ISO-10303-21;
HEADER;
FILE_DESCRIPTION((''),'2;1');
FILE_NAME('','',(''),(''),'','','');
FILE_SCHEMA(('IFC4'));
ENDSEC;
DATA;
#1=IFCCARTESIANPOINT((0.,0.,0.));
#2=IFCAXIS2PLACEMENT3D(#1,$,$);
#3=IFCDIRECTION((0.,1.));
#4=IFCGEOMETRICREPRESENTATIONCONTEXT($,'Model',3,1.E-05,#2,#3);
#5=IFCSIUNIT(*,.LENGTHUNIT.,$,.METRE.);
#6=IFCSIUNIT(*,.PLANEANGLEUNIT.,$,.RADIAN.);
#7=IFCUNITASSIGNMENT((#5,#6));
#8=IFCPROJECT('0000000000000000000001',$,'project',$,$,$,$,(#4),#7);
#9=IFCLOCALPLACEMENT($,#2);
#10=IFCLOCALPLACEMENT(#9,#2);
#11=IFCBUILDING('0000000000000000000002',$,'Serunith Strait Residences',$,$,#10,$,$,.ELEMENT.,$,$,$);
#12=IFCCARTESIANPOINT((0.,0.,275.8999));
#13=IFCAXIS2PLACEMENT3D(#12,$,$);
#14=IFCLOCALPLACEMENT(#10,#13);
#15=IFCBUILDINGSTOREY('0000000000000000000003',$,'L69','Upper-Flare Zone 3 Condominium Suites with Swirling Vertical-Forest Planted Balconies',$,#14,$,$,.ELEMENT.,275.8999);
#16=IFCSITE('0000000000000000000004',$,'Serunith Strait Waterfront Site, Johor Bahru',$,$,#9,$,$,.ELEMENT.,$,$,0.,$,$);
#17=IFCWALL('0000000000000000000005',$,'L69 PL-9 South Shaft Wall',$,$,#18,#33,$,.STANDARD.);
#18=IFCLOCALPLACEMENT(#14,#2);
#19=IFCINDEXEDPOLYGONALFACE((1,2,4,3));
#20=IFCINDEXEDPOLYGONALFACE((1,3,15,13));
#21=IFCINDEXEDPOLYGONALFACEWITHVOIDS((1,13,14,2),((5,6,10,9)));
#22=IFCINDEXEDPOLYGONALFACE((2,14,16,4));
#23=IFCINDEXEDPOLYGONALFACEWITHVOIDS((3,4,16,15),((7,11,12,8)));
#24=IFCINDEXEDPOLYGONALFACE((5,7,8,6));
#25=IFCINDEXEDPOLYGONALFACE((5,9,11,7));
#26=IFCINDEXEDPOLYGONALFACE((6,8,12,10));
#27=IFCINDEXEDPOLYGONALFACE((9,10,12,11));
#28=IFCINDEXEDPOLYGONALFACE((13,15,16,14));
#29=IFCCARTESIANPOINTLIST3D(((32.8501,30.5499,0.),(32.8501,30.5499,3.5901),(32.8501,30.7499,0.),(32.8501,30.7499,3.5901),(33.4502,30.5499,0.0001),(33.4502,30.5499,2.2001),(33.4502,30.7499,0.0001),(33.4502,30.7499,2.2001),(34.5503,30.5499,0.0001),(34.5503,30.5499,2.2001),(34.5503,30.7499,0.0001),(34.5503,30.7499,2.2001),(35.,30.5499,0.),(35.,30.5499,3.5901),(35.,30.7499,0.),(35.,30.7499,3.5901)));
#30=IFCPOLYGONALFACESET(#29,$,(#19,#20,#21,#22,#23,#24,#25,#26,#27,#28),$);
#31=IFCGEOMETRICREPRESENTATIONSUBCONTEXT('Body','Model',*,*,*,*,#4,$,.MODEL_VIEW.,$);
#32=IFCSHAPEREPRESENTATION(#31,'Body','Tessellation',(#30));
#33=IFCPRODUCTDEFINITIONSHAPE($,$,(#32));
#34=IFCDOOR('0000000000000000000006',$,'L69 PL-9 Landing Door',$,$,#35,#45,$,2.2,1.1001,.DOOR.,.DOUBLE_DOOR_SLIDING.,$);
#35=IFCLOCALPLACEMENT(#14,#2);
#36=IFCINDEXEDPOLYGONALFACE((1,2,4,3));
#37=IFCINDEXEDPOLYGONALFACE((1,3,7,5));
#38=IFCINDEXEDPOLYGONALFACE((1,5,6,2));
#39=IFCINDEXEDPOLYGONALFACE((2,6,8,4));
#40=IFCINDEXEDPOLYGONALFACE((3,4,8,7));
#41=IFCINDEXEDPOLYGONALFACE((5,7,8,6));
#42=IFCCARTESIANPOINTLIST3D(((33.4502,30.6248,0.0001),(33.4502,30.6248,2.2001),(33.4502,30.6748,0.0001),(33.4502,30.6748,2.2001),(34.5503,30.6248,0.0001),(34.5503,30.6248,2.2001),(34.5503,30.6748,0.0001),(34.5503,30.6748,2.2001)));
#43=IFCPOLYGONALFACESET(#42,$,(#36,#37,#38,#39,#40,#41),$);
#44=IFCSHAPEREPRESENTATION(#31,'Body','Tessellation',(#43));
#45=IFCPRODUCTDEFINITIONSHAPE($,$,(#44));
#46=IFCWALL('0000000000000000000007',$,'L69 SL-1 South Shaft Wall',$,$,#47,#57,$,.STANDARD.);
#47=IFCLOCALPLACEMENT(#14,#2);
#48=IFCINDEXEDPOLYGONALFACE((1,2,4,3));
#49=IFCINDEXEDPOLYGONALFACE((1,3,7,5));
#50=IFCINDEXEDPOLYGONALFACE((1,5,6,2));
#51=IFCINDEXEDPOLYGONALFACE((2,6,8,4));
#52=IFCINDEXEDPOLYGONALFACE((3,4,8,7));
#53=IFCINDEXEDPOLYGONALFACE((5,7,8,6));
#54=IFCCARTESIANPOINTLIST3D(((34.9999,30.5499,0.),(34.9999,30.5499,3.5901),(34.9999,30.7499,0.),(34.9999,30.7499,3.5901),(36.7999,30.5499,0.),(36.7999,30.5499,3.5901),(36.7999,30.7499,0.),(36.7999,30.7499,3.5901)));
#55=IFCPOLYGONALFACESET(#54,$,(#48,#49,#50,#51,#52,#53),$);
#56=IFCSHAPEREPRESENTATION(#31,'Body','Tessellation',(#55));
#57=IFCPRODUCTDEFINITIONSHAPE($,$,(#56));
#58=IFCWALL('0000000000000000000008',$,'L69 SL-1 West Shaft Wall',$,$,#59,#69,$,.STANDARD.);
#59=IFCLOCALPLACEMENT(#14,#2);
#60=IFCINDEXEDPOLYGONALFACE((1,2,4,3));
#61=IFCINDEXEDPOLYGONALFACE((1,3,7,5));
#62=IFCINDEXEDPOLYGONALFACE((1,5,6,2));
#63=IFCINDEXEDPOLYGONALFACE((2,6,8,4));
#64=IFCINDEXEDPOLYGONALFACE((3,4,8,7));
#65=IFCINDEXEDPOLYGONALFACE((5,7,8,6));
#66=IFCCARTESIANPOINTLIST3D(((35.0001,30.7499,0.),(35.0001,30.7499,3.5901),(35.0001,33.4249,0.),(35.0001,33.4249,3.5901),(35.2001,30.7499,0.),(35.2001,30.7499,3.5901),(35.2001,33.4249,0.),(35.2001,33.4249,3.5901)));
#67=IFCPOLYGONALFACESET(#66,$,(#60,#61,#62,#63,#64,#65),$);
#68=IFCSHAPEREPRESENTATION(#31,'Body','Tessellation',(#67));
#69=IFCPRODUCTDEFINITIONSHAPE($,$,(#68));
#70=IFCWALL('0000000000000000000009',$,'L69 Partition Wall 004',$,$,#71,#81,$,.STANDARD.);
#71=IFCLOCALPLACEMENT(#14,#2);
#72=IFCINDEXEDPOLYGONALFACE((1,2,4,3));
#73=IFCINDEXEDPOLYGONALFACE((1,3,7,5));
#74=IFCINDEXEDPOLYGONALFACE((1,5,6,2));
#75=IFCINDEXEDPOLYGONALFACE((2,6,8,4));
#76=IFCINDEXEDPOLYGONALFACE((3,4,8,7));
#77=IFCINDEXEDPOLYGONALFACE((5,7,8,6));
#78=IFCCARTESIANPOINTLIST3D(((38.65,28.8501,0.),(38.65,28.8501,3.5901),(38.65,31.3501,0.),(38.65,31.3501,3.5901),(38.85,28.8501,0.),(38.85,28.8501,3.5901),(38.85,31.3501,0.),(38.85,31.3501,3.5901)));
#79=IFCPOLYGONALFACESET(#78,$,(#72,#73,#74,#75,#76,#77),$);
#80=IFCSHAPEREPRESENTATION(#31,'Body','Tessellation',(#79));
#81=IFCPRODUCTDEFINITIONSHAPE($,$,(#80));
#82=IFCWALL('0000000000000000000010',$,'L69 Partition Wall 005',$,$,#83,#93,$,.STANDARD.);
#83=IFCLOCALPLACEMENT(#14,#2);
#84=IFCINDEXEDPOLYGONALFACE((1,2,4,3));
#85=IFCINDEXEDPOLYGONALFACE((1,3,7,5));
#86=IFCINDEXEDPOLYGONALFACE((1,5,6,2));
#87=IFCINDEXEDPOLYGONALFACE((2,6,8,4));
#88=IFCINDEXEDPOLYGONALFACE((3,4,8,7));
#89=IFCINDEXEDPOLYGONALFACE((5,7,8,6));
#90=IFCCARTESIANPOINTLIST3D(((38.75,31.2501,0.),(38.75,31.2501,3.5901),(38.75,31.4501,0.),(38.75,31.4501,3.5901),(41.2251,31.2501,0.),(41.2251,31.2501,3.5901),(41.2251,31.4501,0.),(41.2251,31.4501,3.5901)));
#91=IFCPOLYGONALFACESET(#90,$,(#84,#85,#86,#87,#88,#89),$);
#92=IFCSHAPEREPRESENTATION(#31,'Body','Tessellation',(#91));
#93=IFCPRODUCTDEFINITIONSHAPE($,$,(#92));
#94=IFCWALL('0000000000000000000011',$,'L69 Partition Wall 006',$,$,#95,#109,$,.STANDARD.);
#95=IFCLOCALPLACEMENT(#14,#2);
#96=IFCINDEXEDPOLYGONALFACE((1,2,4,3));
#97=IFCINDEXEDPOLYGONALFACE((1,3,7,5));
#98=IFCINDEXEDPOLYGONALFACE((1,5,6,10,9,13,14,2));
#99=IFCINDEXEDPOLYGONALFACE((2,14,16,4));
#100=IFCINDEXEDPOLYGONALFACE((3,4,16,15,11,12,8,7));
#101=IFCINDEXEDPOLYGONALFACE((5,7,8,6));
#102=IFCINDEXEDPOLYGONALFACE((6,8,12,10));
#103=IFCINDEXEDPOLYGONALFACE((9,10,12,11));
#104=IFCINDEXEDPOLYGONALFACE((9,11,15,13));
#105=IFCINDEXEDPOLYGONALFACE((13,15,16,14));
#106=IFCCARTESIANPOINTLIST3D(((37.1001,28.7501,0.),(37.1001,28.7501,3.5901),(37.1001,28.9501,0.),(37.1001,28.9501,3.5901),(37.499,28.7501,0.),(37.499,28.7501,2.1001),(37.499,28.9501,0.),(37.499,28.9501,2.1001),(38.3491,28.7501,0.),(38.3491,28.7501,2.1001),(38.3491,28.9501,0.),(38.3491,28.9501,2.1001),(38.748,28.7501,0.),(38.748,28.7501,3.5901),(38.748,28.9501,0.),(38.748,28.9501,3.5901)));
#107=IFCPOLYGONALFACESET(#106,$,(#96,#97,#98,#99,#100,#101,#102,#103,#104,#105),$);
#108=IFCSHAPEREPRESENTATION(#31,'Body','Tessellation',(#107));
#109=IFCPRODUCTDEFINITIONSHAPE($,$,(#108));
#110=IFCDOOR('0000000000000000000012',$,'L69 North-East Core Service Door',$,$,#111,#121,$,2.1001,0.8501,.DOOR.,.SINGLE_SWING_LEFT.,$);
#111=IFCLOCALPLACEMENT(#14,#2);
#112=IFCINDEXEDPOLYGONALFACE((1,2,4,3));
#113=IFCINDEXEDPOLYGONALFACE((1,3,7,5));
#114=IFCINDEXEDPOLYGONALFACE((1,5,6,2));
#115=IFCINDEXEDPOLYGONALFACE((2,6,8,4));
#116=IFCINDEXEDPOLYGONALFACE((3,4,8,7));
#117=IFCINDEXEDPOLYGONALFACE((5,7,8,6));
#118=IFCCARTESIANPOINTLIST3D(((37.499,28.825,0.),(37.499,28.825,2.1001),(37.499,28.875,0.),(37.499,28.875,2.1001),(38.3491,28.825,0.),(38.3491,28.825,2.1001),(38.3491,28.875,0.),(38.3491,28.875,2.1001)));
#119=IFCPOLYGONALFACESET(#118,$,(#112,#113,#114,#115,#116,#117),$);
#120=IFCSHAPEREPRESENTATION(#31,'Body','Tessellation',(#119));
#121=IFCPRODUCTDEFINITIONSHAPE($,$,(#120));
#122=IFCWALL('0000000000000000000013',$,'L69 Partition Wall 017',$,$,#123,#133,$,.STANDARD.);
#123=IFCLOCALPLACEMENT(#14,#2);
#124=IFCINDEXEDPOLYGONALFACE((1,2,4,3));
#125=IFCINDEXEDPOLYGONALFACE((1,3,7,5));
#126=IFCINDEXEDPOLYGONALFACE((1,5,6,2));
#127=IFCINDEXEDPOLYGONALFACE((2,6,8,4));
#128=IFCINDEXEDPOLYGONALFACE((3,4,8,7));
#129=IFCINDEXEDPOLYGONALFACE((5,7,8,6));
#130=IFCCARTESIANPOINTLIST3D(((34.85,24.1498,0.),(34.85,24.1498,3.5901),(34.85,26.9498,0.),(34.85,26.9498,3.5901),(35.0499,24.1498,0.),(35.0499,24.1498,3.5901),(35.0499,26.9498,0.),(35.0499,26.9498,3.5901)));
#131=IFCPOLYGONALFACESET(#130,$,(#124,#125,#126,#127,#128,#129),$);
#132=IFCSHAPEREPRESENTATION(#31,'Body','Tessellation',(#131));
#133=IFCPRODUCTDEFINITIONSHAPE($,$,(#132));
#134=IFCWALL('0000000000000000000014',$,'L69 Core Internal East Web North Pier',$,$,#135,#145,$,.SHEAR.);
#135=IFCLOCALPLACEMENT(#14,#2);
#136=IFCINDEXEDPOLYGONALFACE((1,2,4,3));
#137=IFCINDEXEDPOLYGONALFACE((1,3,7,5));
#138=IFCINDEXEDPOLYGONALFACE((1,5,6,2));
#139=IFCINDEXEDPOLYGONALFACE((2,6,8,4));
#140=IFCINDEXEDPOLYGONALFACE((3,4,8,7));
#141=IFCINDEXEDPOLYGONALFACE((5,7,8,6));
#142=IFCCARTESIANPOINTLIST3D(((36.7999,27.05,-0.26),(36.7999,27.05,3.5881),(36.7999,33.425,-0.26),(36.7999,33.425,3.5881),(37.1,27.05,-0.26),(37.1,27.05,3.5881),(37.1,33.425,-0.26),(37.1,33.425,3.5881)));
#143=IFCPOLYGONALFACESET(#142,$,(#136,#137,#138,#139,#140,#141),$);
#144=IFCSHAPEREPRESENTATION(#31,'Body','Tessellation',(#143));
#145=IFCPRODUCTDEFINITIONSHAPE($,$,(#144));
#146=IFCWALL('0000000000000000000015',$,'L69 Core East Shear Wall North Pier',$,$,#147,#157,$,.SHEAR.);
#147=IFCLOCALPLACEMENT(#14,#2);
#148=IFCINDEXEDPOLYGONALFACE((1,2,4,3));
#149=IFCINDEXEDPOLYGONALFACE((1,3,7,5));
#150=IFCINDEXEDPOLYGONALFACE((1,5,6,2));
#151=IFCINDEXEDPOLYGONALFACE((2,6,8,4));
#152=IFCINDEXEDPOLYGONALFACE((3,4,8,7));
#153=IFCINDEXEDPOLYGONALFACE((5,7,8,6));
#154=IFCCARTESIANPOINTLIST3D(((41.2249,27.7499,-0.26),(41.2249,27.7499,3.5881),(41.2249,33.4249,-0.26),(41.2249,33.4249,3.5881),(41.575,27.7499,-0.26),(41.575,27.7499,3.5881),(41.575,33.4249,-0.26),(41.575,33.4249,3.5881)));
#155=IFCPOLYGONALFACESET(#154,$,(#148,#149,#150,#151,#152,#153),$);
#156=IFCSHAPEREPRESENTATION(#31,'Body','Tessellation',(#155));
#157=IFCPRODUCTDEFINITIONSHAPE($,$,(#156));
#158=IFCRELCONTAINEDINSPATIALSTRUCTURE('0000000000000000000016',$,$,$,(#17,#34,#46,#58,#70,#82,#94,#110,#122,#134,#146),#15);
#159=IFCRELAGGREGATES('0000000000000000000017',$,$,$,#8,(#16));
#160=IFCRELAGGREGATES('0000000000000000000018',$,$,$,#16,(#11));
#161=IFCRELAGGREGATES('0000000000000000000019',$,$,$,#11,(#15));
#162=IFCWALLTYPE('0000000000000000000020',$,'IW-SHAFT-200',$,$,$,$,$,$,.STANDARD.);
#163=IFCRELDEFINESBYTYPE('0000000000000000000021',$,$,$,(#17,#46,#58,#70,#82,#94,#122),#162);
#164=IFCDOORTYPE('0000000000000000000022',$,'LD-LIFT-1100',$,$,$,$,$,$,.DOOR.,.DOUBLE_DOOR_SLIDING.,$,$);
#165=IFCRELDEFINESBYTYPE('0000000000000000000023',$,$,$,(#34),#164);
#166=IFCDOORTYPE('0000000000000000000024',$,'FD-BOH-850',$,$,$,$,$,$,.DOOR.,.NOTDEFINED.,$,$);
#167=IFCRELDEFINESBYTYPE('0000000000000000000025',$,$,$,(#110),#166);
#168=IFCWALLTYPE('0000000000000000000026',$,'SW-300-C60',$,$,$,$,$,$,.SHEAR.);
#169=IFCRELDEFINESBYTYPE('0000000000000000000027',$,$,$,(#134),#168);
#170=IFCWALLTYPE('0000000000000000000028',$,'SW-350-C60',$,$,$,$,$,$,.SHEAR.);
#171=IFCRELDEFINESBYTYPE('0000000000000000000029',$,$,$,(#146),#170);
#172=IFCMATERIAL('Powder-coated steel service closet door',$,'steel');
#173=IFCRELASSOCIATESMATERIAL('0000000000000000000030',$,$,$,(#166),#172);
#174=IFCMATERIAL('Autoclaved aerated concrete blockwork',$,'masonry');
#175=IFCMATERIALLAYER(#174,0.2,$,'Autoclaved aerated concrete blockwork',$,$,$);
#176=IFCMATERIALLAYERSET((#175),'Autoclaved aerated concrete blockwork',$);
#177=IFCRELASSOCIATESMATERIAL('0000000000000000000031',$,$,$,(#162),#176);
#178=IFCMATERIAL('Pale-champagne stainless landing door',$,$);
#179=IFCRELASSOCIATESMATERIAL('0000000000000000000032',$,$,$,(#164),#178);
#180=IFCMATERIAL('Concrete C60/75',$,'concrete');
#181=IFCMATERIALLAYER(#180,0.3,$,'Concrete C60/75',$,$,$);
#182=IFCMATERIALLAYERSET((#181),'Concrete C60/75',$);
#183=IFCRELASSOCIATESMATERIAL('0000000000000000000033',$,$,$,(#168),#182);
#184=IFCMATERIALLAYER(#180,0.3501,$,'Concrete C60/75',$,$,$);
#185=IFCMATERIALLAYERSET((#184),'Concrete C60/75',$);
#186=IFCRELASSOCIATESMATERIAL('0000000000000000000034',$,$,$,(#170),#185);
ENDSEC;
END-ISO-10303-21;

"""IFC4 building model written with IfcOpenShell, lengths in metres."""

from ifc_helpers import new_model, si_unit, direction, frame, frame_2d, origin, place, context, subcontext, project, spatial, rectangle, extrude, source, transform, mapped, material, layer, layer_set, type_object, element, fill, save


model = new_model("IFC4")

# Units and contexts
model_context = context("Model", 3, precision=1e-05, world=origin(), true_north=direction((0.0, 1.0)))
body_context = subcontext(model_context, "Body", "Model", "MODEL_VIEW")
ifc_project = project(units=[si_unit("LENGTHUNIT", "METRE"), si_unit("PLANEANGLEUNIT", "RADIAN")], contexts=[model_context])

# Site, building, storey
site_placement = place(None, origin())
site = spatial("IfcSite", under=ifc_project, at=site_placement, Name="Serunith Strait Waterfront Site, Johor Bahru", CompositionType="ELEMENT", RefElevation=0.0)
building_placement = place(site_placement, origin())
building = spatial("IfcBuilding", under=site, at=building_placement, Name="Serunith Strait Residences", CompositionType="ELEMENT")
storey_placement = place(building_placement, frame((0.0, 0.0, 275.8999)))
storey = spatial("IfcBuildingStorey", under=building, at=storey_placement, Name="L69", Description="Upper-Flare Zone 3 Condominium Suites with Swirling Vertical-Forest Planted Balconies", CompositionType="ELEMENT", Elevation=275.8999)

# Wall, opening, door
ifc_material_1 = material(Name="Powder-coated steel service closet door", Category="steel")
door_type_1 = type_object("IfcDoorType", Name="FD-BOH-850", OperationType="NOTDEFINED", PredefinedType="DOOR", material=ifc_material_1)
shared_shape_1 = source(origin(), body_context, "Body", "SweptSolid", [
    extrude(rectangle(XDim=0.8501, YDim=2.1001, at=frame_2d((0.425, 1.05))), frame((0.0, 0.0249, 0.0), z_axis=(0.0, -1.0, 0.0), x_axis=(1.0, 0.0, 0.0)), (0.0, 0.0, 1.0), 0.05),
])
ifc_material_2 = material(Name="Autoclaved aerated concrete blockwork", Category="masonry")
ifc_layer_1 = layer(ifc_material_2, 0.2, Name="Autoclaved aerated concrete blockwork")
ifc_layer_set_1 = layer_set([ifc_layer_1], Name="Autoclaved aerated concrete blockwork")
wall_type_1 = type_object("IfcWallType", Name="IW-SHAFT-200", PredefinedType="STANDARD", material=ifc_layer_set_1)
wall_1_placement = place(storey_placement, frame((32.8501, 30.6499, 0.0), z_axis=(0.0, 0.0, 1.0), x_axis=(1.0, 0.0, 0.0)))
wall_1 = element("IfcWall", 1, at=wall_1_placement, inside=storey, type_object=wall_type_1, Name="L69 PL-9 South Shaft Wall", PredefinedType="STANDARD", context=body_context, shape_type="SweptSolid", body=[
    extrude(rectangle(XDim=2.1499, YDim=0.2, at=frame_2d((1.075, 0.0))), origin(), (0.0, 0.0, 1.0), 3.5901),
])
opening_1_placement = place(wall_1_placement, frame((0.6001, 0.0, 0.0)))
opening_1 = element("IfcOpeningElement", 2, at=opening_1_placement, cuts=wall_1, PredefinedType="OPENING", context=body_context, shape_type="SweptSolid", body=[
    extrude(rectangle(XDim=1.1001, YDim=2.2, at=frame_2d((0.55, 1.1001))), frame((0.0, 0.1099, 0.0), z_axis=(0.0, -1.0, 0.0), x_axis=(1.0, 0.0, 0.0)), (0.0, 0.0, 1.0), 0.22),
])
ifc_material_3 = material(Name="Pale-champagne stainless landing door")
door_type_2 = type_object("IfcDoorType", Name="LD-LIFT-1100", OperationType="DOUBLE_DOOR_SLIDING", PredefinedType="DOOR", material=ifc_material_3)
shared_shape_2 = source(origin(), body_context, "Body", "SweptSolid", [
    extrude(rectangle(XDim=1.1001, YDim=2.2, at=frame_2d((0.55, 1.1001))), frame((0.0, 0.0249, 0.0), z_axis=(0.0, -1.0, 0.0), x_axis=(1.0, 0.0, 0.0)), (0.0, 0.0, 1.0), 0.05),
])
door_1_placement = place(opening_1_placement, origin())
door_1 = element("IfcDoor", 3, at=door_1_placement, inside=storey, type_object=door_type_2, Name="L69 PL-9 Landing Door", OperationType="DOUBLE_DOOR_SLIDING", OverallHeight=2.2, OverallWidth=1.1001, PredefinedType="DOOR", context=body_context, shape_type="MappedRepresentation", body=[
    mapped(shared_shape_2, transform((0.0, 0.0, 0.0), scale=1.0)),
])
fill(opening_1, door_1)

# Walls
wall_2_placement = place(storey_placement, frame((35.0, 30.6499, 0.0), z_axis=(0.0, 0.0, 1.0), x_axis=(1.0, 0.0, 0.0)))
element("IfcWall", 4, at=wall_2_placement, inside=storey, type_object=wall_type_1, Name="L69 SL-1 South Shaft Wall", PredefinedType="STANDARD", context=body_context, shape_type="SweptSolid", body=[
    extrude(rectangle(XDim=1.8, YDim=0.2, at=frame_2d((0.8999, 0.0))), origin(), (0.0, 0.0, 1.0), 3.5901),
])
wall_3_placement = place(storey_placement, frame((35.1001, 30.75, 0.0), z_axis=(0.0, 0.0, 1.0), x_axis=(0.0, 1.0, 0.0)))
element("IfcWall", 5, at=wall_3_placement, inside=storey, type_object=wall_type_1, Name="L69 SL-1 West Shaft Wall", PredefinedType="STANDARD", context=body_context, shape_type="SweptSolid", body=[
    extrude(rectangle(XDim=2.675, YDim=0.2, at=frame_2d((1.3374, 0.0))), origin(), (0.0, 0.0, 1.0), 3.5901),
])
wall_4_placement = place(storey_placement, frame((38.75, 28.8501, 0.0), z_axis=(0.0, 0.0, 1.0), x_axis=(0.0, 1.0, 0.0)))
element("IfcWall", 6, at=wall_4_placement, inside=storey, type_object=wall_type_1, Name="L69 Partition Wall 004", PredefinedType="STANDARD", context=body_context, shape_type="SweptSolid", body=[
    extrude(rectangle(XDim=2.5, YDim=0.2, at=frame_2d((1.25, 0.0))), origin(), (0.0, 0.0, 1.0), 3.5901),
])
wall_5_placement = place(storey_placement, frame((38.75, 31.3501, 0.0), z_axis=(0.0, 0.0, 1.0), x_axis=(1.0, 0.0, 0.0)))
element("IfcWall", 7, at=wall_5_placement, inside=storey, type_object=wall_type_1, Name="L69 Partition Wall 005", PredefinedType="STANDARD", context=body_context, shape_type="SweptSolid", body=[
    extrude(rectangle(XDim=2.4751, YDim=0.2, at=frame_2d((1.2375, 0.0))), origin(), (0.0, 0.0, 1.0), 3.5901),
])

# Wall, opening, door
wall_6_placement = place(storey_placement, frame((37.1001, 28.8501, 0.0), z_axis=(0.0, 0.0, 1.0), x_axis=(1.0, 0.0, 0.0)))
wall_6 = element("IfcWall", 8, at=wall_6_placement, inside=storey, type_object=wall_type_1, Name="L69 Partition Wall 006", PredefinedType="STANDARD", context=body_context, shape_type="SweptSolid", body=[
    extrude(rectangle(XDim=1.6479, YDim=0.2, at=frame_2d((0.824, 0.0))), origin(), (0.0, 0.0, 1.0), 3.5901),
])
opening_2_placement = place(wall_6_placement, frame((0.3989, 0.0, 0.0)))
opening_2 = element("IfcOpeningElement", 9, at=opening_2_placement, cuts=wall_6, PredefinedType="OPENING", context=body_context, shape_type="SweptSolid", body=[
    extrude(rectangle(XDim=0.8501, YDim=2.1001, at=frame_2d((0.425, 1.05))), frame((0.0, 0.1099, 0.0), z_axis=(0.0, -1.0, 0.0), x_axis=(1.0, 0.0, 0.0)), (0.0, 0.0, 1.0), 0.22),
])
door_2_placement = place(opening_2_placement, origin())
door_2 = element("IfcDoor", 10, at=door_2_placement, inside=storey, type_object=door_type_1, Name="L69 North-East Core Service Door", OperationType="SINGLE_SWING_LEFT", OverallHeight=2.1001, OverallWidth=0.8501, PredefinedType="DOOR", context=body_context, shape_type="MappedRepresentation", body=[
    mapped(shared_shape_1, transform((0.0, 0.0, 0.0), scale=1.0)),
])
fill(opening_2, door_2)

# Walls
wall_7_placement = place(storey_placement, frame((34.95, 24.1499, 0.0), z_axis=(0.0, 0.0, 1.0), x_axis=(0.0, 1.0, 0.0)))
element("IfcWall", 11, at=wall_7_placement, inside=storey, type_object=wall_type_1, Name="L69 Partition Wall 017", PredefinedType="STANDARD", context=body_context, shape_type="SweptSolid", body=[
    extrude(rectangle(XDim=2.8, YDim=0.2, at=frame_2d((1.3999, 0.0))), origin(), (0.0, 0.0, 1.0), 3.5901),
])
ifc_material_4 = material(Name="Concrete C60/75", Category="concrete")
ifc_layer_2 = layer(ifc_material_4, 0.3, Name="Concrete C60/75")
ifc_layer_set_2 = layer_set([ifc_layer_2], Name="Concrete C60/75")
wall_type_2 = type_object("IfcWallType", Name="SW-300-C60", PredefinedType="SHEAR", material=ifc_layer_set_2)
wall_8_placement = place(storey_placement, frame((36.95, 27.05, -0.26), z_axis=(0.0, 0.0, 1.0), x_axis=(0.0, 1.0, 0.0)))
element("IfcWall", 12, at=wall_8_placement, inside=storey, type_object=wall_type_2, Name="L69 Core Internal East Web North Pier", PredefinedType="SHEAR", context=body_context, shape_type="SweptSolid", body=[
    extrude(rectangle(XDim=6.375, YDim=0.3, at=frame_2d((3.1875, 0.0))), origin(), (0.0, 0.0, 1.0), 3.8481),
])
ifc_layer_3 = layer(ifc_material_4, 0.3501, Name="Concrete C60/75")
ifc_layer_set_3 = layer_set([ifc_layer_3], Name="Concrete C60/75")
wall_type_3 = type_object("IfcWallType", Name="SW-350-C60", PredefinedType="SHEAR", material=ifc_layer_set_3)
wall_9_placement = place(storey_placement, frame((41.3999, 27.75, -0.26), z_axis=(0.0, 0.0, 1.0), x_axis=(0.0, 1.0, 0.0)))
element("IfcWall", 13, at=wall_9_placement, inside=storey, type_object=wall_type_3, Name="L69 Core East Shear Wall North Pier", PredefinedType="SHEAR", context=body_context, shape_type="SweptSolid", body=[
    extrude(rectangle(XDim=5.675, YDim=0.3501, at=frame_2d((2.8374, 0.0))), origin(), (0.0, 0.0, 1.0), 3.8481),
])

save(model, "model.ifc")
